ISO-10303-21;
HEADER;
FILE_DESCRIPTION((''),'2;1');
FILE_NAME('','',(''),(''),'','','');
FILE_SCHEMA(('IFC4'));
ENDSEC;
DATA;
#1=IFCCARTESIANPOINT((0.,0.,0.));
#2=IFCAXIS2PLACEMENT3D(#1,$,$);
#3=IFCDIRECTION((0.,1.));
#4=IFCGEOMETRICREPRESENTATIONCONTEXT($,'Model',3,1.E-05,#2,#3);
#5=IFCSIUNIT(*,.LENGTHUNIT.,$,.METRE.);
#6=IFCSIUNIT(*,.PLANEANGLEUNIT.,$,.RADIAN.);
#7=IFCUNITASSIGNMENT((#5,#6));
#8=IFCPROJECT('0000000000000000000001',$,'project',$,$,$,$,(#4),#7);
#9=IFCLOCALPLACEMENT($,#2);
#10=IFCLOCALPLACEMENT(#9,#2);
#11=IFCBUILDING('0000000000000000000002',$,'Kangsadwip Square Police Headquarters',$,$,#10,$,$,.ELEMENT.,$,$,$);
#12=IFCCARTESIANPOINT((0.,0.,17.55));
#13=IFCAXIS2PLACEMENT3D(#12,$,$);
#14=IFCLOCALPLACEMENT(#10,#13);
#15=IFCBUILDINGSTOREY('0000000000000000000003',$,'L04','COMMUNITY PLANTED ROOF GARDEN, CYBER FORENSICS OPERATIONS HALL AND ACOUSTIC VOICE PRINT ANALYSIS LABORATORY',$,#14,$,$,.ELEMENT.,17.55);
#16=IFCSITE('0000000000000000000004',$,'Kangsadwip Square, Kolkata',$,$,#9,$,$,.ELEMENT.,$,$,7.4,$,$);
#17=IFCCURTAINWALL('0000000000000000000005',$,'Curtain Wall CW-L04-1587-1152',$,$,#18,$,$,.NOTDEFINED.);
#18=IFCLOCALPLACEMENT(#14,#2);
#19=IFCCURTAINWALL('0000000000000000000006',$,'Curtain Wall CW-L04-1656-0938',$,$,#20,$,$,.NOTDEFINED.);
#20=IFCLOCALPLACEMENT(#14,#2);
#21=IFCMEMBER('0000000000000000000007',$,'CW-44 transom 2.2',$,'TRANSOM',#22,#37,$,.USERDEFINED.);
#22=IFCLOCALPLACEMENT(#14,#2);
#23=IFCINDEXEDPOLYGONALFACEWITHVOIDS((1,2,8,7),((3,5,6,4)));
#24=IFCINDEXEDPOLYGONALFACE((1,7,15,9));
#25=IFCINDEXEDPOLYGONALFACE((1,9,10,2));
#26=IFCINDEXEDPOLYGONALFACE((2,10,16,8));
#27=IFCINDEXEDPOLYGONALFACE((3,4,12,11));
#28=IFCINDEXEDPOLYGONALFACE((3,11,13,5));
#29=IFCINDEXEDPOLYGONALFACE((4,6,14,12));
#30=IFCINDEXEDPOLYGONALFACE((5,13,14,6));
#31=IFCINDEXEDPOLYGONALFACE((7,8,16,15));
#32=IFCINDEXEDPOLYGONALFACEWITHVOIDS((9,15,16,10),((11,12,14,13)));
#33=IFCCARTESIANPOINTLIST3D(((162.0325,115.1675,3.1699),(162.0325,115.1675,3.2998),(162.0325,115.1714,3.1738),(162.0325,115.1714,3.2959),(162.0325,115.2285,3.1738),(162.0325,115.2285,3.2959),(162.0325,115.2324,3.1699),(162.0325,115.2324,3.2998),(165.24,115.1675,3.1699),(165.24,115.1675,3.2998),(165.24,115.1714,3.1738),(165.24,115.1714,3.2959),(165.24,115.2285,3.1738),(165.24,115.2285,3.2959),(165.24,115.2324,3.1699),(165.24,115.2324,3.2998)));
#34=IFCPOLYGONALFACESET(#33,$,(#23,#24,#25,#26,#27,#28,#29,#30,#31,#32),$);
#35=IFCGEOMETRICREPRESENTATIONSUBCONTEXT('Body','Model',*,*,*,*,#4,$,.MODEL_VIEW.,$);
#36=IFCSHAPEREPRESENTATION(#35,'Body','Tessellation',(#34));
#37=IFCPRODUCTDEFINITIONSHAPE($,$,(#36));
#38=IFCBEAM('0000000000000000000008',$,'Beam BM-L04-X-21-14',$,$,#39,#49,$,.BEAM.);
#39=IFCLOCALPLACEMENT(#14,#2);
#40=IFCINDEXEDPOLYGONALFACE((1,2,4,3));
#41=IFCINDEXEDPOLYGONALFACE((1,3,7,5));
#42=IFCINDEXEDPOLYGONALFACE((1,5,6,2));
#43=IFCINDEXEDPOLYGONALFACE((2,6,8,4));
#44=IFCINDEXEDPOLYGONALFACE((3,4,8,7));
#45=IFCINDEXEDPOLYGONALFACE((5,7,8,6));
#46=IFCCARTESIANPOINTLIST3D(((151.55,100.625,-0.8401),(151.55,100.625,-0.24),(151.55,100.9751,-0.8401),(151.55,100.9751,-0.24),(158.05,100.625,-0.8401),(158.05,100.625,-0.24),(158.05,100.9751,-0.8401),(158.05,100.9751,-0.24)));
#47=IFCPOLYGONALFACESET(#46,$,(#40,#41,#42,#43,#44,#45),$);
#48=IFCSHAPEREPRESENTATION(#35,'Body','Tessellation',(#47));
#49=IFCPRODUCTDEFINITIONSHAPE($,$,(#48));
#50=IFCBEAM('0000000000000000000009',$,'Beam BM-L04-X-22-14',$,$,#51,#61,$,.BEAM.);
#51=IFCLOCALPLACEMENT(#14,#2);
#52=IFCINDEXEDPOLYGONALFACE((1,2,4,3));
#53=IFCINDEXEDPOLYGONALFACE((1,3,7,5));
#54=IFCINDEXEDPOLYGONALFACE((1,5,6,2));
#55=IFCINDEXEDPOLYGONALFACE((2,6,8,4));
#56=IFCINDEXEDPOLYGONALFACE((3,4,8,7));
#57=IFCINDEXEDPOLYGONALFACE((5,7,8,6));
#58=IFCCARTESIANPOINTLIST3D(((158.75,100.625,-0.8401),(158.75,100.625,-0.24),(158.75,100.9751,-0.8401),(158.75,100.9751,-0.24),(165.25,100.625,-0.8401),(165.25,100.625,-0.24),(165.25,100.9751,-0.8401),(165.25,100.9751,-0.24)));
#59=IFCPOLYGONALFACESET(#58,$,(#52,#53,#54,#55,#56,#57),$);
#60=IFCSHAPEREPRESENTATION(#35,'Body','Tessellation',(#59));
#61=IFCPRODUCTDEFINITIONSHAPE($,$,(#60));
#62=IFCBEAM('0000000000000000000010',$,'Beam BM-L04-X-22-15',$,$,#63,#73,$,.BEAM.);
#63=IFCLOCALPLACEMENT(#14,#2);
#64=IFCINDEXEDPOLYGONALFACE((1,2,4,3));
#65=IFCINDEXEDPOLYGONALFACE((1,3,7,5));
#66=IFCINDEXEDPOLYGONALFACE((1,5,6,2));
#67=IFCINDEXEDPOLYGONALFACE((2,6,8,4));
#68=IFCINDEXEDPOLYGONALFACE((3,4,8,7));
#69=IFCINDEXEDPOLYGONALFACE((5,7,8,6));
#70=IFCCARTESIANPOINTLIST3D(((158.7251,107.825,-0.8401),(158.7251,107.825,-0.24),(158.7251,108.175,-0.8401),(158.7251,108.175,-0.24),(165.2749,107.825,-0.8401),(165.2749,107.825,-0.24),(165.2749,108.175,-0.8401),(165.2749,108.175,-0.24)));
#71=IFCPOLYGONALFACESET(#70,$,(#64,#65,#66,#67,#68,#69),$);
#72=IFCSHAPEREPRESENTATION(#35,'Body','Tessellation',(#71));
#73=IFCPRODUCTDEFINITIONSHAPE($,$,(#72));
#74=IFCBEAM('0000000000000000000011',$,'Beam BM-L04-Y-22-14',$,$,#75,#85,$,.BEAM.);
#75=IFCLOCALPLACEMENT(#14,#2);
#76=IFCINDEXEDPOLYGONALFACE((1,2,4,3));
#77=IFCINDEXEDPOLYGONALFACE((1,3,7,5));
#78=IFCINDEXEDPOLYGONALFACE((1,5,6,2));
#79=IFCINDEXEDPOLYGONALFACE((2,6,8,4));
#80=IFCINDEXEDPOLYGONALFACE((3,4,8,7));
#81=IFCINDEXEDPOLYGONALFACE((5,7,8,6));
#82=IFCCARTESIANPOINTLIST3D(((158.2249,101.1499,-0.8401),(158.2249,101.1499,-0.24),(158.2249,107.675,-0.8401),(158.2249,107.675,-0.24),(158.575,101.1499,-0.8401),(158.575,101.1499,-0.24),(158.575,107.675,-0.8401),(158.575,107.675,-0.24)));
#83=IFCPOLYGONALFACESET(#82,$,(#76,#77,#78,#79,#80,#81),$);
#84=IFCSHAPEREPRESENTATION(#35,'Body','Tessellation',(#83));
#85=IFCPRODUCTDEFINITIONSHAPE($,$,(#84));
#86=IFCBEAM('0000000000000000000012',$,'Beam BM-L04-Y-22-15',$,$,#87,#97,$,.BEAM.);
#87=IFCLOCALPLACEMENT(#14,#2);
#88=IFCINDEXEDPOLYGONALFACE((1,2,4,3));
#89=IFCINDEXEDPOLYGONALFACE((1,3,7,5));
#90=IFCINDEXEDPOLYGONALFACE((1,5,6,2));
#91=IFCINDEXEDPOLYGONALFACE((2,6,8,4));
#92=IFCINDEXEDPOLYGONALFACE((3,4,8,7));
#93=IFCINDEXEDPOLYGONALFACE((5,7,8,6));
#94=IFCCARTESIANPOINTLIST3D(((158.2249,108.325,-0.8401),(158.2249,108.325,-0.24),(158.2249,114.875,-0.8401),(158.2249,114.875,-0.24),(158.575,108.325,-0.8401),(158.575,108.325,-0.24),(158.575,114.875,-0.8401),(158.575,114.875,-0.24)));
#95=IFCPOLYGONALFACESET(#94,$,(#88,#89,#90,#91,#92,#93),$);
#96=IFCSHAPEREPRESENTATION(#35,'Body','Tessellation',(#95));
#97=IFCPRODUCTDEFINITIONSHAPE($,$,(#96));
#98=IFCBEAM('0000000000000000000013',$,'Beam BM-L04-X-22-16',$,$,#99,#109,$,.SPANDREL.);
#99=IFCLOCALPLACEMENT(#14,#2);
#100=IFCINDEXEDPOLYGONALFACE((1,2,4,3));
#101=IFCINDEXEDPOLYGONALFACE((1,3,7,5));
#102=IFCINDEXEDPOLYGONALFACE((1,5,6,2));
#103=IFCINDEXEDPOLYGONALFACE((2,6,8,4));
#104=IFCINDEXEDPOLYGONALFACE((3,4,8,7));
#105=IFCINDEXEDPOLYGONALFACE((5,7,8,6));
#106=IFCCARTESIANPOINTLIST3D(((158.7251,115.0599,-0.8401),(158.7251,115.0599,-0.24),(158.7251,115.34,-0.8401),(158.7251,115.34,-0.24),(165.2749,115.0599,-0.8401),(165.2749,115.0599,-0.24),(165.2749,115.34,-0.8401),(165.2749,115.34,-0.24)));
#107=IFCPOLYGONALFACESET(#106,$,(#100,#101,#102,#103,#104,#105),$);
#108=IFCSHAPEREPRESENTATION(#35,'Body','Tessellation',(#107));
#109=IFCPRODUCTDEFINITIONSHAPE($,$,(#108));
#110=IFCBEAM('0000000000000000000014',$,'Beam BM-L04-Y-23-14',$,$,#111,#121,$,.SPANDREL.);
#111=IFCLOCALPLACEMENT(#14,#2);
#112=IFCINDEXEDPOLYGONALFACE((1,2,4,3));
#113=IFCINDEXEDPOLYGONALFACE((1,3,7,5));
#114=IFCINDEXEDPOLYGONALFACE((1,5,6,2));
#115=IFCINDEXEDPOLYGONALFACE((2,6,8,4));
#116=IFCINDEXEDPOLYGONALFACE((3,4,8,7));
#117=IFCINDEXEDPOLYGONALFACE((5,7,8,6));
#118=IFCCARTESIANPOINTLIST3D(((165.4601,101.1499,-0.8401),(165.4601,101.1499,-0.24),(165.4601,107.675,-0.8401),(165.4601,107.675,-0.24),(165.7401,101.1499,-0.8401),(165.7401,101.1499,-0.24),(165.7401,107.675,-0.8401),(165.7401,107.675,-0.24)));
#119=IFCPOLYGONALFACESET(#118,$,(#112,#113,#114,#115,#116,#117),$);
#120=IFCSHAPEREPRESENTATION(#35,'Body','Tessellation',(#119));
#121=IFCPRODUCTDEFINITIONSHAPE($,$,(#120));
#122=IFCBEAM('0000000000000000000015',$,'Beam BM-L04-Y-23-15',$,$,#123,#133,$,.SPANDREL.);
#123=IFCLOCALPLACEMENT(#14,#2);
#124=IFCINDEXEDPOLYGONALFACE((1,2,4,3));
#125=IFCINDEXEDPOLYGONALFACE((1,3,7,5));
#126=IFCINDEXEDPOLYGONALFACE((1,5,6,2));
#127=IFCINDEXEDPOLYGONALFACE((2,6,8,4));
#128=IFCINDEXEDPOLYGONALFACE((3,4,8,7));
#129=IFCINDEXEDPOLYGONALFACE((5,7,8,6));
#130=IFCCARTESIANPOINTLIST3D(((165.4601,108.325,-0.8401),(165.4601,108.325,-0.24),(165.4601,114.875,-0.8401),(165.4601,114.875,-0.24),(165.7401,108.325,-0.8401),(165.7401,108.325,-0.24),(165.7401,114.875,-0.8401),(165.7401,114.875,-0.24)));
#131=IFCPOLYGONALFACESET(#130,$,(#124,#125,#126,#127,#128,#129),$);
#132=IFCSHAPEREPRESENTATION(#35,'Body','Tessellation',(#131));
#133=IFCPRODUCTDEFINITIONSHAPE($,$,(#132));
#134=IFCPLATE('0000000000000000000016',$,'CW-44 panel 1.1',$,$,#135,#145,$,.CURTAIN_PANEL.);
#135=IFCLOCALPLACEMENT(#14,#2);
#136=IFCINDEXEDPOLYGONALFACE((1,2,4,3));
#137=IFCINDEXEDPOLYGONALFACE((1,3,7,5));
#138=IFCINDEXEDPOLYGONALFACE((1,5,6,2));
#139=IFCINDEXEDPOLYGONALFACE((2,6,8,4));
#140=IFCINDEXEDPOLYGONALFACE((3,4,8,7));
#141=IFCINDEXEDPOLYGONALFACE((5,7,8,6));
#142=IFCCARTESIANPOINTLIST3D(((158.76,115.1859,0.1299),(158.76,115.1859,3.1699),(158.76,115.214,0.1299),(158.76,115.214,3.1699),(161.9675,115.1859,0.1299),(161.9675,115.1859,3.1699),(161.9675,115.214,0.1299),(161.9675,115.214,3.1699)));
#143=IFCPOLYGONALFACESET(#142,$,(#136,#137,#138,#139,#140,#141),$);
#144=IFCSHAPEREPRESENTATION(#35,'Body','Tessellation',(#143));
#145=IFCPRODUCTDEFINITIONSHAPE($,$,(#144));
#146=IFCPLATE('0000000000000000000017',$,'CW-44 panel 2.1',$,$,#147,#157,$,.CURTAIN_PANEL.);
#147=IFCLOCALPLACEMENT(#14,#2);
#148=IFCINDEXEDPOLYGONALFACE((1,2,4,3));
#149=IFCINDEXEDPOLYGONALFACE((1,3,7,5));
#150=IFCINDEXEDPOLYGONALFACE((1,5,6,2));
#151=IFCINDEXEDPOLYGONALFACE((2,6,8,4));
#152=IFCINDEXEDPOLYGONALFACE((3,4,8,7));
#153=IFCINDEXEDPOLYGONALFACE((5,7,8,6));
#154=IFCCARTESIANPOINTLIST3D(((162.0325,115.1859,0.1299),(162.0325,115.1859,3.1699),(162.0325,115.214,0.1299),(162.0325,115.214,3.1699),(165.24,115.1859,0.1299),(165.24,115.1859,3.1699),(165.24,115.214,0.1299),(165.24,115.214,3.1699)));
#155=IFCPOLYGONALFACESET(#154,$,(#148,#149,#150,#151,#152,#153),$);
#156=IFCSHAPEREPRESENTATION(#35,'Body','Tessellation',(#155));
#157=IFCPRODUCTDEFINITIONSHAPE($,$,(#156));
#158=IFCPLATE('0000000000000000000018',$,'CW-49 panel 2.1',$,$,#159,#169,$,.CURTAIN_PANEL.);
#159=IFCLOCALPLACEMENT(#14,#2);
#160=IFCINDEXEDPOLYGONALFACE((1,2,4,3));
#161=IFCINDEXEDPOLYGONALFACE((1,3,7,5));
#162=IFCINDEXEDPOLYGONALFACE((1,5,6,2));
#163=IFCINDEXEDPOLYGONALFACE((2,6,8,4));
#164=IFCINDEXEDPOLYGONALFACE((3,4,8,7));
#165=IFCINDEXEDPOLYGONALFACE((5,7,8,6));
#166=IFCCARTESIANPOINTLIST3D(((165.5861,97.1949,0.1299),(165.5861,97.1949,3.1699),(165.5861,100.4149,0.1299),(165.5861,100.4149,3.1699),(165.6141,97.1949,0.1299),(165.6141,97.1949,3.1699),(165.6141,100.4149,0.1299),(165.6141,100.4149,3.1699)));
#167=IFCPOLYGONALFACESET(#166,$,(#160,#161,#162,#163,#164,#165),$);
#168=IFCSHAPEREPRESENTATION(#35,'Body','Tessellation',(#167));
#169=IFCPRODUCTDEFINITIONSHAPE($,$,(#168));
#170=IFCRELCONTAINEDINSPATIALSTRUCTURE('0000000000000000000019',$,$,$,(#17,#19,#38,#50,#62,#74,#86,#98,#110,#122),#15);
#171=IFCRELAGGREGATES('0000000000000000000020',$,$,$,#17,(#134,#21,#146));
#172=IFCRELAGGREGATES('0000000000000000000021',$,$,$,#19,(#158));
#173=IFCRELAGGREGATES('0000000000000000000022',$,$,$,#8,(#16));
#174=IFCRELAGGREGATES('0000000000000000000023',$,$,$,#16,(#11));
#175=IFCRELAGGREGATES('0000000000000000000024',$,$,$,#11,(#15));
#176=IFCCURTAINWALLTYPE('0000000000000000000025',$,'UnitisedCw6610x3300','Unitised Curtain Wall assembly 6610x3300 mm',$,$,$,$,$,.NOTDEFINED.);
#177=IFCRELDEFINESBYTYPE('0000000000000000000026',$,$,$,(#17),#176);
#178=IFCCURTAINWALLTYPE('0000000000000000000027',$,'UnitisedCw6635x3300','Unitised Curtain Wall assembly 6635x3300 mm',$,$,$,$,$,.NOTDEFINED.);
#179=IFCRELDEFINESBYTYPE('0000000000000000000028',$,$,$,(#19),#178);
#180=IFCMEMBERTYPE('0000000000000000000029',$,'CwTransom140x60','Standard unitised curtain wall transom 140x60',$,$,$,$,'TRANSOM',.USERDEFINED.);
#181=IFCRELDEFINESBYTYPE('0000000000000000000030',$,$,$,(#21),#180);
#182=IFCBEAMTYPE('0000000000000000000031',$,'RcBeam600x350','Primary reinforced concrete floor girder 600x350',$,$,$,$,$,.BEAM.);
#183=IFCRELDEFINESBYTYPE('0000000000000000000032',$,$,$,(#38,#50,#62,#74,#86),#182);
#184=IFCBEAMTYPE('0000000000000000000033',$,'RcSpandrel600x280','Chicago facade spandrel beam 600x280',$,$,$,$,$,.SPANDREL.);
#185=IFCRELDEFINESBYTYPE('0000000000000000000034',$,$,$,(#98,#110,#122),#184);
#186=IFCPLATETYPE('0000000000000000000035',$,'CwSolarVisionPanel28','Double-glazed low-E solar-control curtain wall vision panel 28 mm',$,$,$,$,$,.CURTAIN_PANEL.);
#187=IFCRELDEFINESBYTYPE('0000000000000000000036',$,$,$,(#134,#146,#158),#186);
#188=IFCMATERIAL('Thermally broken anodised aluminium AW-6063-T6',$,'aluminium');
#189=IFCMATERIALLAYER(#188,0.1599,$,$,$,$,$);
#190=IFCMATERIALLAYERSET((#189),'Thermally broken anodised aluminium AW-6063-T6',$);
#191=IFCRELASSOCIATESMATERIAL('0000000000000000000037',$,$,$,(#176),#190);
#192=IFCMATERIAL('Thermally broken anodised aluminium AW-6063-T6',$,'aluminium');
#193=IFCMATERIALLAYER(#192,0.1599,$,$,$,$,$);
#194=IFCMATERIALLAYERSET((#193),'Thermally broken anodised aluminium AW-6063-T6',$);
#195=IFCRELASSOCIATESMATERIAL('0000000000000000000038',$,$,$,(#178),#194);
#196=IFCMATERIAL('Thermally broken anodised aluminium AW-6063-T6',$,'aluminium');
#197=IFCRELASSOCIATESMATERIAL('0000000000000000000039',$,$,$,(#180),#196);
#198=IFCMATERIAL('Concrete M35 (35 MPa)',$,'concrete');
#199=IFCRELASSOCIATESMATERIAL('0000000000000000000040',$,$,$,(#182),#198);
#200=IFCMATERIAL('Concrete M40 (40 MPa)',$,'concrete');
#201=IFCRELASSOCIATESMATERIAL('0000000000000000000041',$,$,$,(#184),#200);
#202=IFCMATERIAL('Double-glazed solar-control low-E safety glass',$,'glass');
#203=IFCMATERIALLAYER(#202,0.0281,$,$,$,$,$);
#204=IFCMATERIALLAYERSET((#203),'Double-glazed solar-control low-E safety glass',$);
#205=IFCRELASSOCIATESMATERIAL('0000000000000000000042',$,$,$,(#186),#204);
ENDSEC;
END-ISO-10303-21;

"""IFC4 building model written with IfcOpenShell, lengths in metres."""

from ifc_helpers import new_model, si_unit, direction, frame, origin, origin_2d, place, context, subcontext, project, spatial, rectangle, hollow_rectangle, extrude, material, layer, layer_set, material_profile, profile_set, type_object, element, aggregate, save


model = new_model("IFC4")

# Units and contexts
model_context = context("Model", 3, precision=1e-05, world=origin(), true_north=direction((0.0, 1.0)))
body_context = subcontext(model_context, "Body", "Model", "MODEL_VIEW")
ifc_project = project(units=[si_unit("LENGTHUNIT", "METRE"), si_unit("PLANEANGLEUNIT", "RADIAN")], contexts=[model_context])

# Site, building, storey
site_placement = place(None, origin())
site = spatial("IfcSite", under=ifc_project, at=site_placement, Name="Kangsadwip Square, Kolkata", CompositionType="ELEMENT", RefElevation=7.4)
building_placement = place(site_placement, origin())
building = spatial("IfcBuilding", under=site, at=building_placement, Name="Kangsadwip Square Police Headquarters", CompositionType="ELEMENT")
storey_placement = place(building_placement, frame((0.0, 0.0, 17.55)))
storey = spatial("IfcBuildingStorey", under=building, at=storey_placement, Name="L04", Description="COMMUNITY PLANTED ROOF GARDEN, CYBER FORENSICS OPERATIONS HALL AND ACOUSTIC VOICE PRINT ANALYSIS LABORATORY", CompositionType="ELEMENT", Elevation=17.55)

# Curtain wall
ifc_material_1 = material(Name="Thermally broken anodised aluminium AW-6063-T6", Category="aluminium")
ifc_layer_1 = layer(ifc_material_1, 0.1599)
ifc_layer_set_1 = layer_set([ifc_layer_1], Name="Thermally broken anodised aluminium AW-6063-T6")
curtain_wall_type_1 = type_object("IfcCurtainWallType", Name="UnitisedCw6610x3300", Description="Unitised Curtain Wall assembly 6610x3300 mm", PredefinedType="NOTDEFINED", material=ifc_layer_set_1)
curtain_wall_1_placement = place(storey_placement, origin())
curtain_wall_1 = element("IfcCurtainWall", 1, at=curtain_wall_1_placement, inside=storey, type_object=curtain_wall_type_1, Name="Curtain Wall CW-L04-1587-1152", PredefinedType="NOTDEFINED")

# Curtain wall
ifc_material_2 = material(Name="Thermally broken anodised aluminium AW-6063-T6", Category="aluminium")
ifc_layer_2 = layer(ifc_material_2, 0.1599)
ifc_layer_set_2 = layer_set([ifc_layer_2], Name="Thermally broken anodised aluminium AW-6063-T6")
curtain_wall_type_2 = type_object("IfcCurtainWallType", Name="UnitisedCw6635x3300", Description="Unitised Curtain Wall assembly 6635x3300 mm", PredefinedType="NOTDEFINED", material=ifc_layer_set_2)
curtain_wall_2_placement = place(storey_placement, origin())
curtain_wall_2 = element("IfcCurtainWall", 2, at=curtain_wall_2_placement, inside=storey, type_object=curtain_wall_type_2, Name="Curtain Wall CW-L04-1656-0938", PredefinedType="NOTDEFINED")

# Member
ifc_material_3 = material(Name="Thermally broken anodised aluminium AW-6063-T6", Category="aluminium")
ifc_material_profile_1 = material_profile(ifc_material_3, hollow_rectangle(XDim=0.0649, YDim=0.1299, WallThickness=0.0039, at=origin_2d()), Name="CWT 130X65X4")
ifc_profile_set_1 = profile_set([ifc_material_profile_1], Name="Thermally broken anodised aluminium AW-6063-T6")
member_type_1 = type_object("IfcMemberType", Name="CwTransom140x60", Description="Standard unitised curtain wall transom 140x60", ElementType="TRANSOM", PredefinedType="USERDEFINED", material=ifc_profile_set_1)
member_1_placement = place(storey_placement, frame((162.0325, 115.2, 3.2349), z_axis=(1.0, 0.0, 0.0), x_axis=(0.0, 1.0, 0.0)))
member_1 = element("IfcMember", 3, at=member_1_placement, type_object=member_type_1, Name="CW-44 transom 2.2", ObjectType="TRANSOM", PredefinedType="USERDEFINED", context=body_context, shape_type="SweptSolid", body=[
    extrude(hollow_rectangle(XDim=0.0649, YDim=0.1299, WallThickness=0.0039, at=origin_2d()), origin(), (0.0, 0.0, 1.0), 3.2075),
])

# Beams
ifc_material_4 = material(Name="Concrete M35 (35 MPa)", Category="concrete")
ifc_material_profile_2 = material_profile(ifc_material_4, rectangle(XDim=0.3501, YDim=0.6001, at=origin_2d()), Name="RC BM 600X350")
ifc_profile_set_2 = profile_set([ifc_material_profile_2], Name="Concrete M35 (35 MPa)")
beam_type_1 = type_object("IfcBeamType", Name="RcBeam600x350", Description="Primary reinforced concrete floor girder 600x350", PredefinedType="BEAM", material=ifc_profile_set_2)
for number, where, z_axis, x_axis, name in (
    (4, (151.55, 100.8, -0.54), (1.0, 0.0, 0.0), (0.0, 1.0, 0.0), "Beam BM-L04-X-21-14"),
    (5, (158.75, 100.8, -0.54), (1.0, 0.0, 0.0), (0.0, 1.0, 0.0), "Beam BM-L04-X-22-14"),
):
    element("IfcBeam", number, at=place(storey_placement, frame(where, z_axis=z_axis, x_axis=x_axis)), inside=storey, type_object=beam_type_1, Name=name, PredefinedType="BEAM", context=body_context, shape_type="SweptSolid", body=[
        extrude(rectangle(XDim=0.3501, YDim=0.6001, at=origin_2d()), origin(), (0.0, 0.0, 1.0), 6.5),
    ])
beam_1_placement = place(storey_placement, frame((158.7251, 108.0, -0.54), z_axis=(1.0, 0.0, 0.0), x_axis=(0.0, 1.0, 0.0)))
element("IfcBeam", 6, at=beam_1_placement, inside=storey, type_object=beam_type_1, Name="Beam BM-L04-X-22-15", PredefinedType="BEAM", context=body_context, shape_type="SweptSolid", body=[
    extrude(rectangle(XDim=0.3501, YDim=0.6001, at=origin_2d()), origin(), (0.0, 0.0, 1.0), 6.5498),
])
beam_2_placement = place(storey_placement, frame((158.3999, 101.1499, -0.54), z_axis=(0.0, 1.0, 0.0), x_axis=(-1.0, 0.0, 0.0)))
element("IfcBeam", 7, at=beam_2_placement, inside=storey, type_object=beam_type_1, Name="Beam BM-L04-Y-22-14", PredefinedType="BEAM", context=body_context, shape_type="SweptSolid", body=[
    extrude(rectangle(XDim=0.3501, YDim=0.6001, at=origin_2d()), origin(), (0.0, 0.0, 1.0), 6.5251),
])
beam_3_placement = place(storey_placement, frame((158.3999, 108.325, -0.54), z_axis=(0.0, 1.0, 0.0), x_axis=(-1.0, 0.0, 0.0)))
element("IfcBeam", 8, at=beam_3_placement, inside=storey, type_object=beam_type_1, Name="Beam BM-L04-Y-22-15", PredefinedType="BEAM", context=body_context, shape_type="SweptSolid", body=[
    extrude(rectangle(XDim=0.3501, YDim=0.6001, at=origin_2d()), origin(), (0.0, 0.0, 1.0), 6.55),
])
ifc_material_5 = material(Name="Concrete M40 (40 MPa)", Category="concrete")
ifc_material_profile_3 = material_profile(ifc_material_5, rectangle(XDim=0.28, YDim=0.6001, at=origin_2d()), Name="RC SPN 600X280")
ifc_profile_set_3 = profile_set([ifc_material_profile_3], Name="Concrete M40 (40 MPa)")
beam_type_2 = type_object("IfcBeamType", Name="RcSpandrel600x280", Description="Chicago facade spandrel beam 600x280", PredefinedType="SPANDREL", material=ifc_profile_set_3)
beam_4_placement = place(storey_placement, frame((158.7251, 115.2, -0.54), z_axis=(1.0, 0.0, 0.0), x_axis=(0.0, 1.0, 0.0)))
element("IfcBeam", 9, at=beam_4_placement, inside=storey, type_object=beam_type_2, Name="Beam BM-L04-X-22-16", PredefinedType="SPANDREL", context=body_context, shape_type="SweptSolid", body=[
    extrude(rectangle(XDim=0.28, YDim=0.6001, at=origin_2d()), origin(), (0.0, 0.0, 1.0), 6.5498),
])
beam_5_placement = place(storey_placement, frame((165.6001, 101.1499, -0.54), z_axis=(0.0, 1.0, 0.0), x_axis=(-1.0, 0.0, 0.0)))
element("IfcBeam", 10, at=beam_5_placement, inside=storey, type_object=beam_type_2, Name="Beam BM-L04-Y-23-14", PredefinedType="SPANDREL", context=body_context, shape_type="SweptSolid", body=[
    extrude(rectangle(XDim=0.28, YDim=0.6001, at=origin_2d()), origin(), (0.0, 0.0, 1.0), 6.5251),
])
beam_6_placement = place(storey_placement, frame((165.6001, 108.325, -0.54), z_axis=(0.0, 1.0, 0.0), x_axis=(-1.0, 0.0, 0.0)))
element("IfcBeam", 11, at=beam_6_placement, inside=storey, type_object=beam_type_2, Name="Beam BM-L04-Y-23-15", PredefinedType="SPANDREL", context=body_context, shape_type="SweptSolid", body=[
    extrude(rectangle(XDim=0.28, YDim=0.6001, at=origin_2d()), origin(), (0.0, 0.0, 1.0), 6.55),
])

# Plates
ifc_material_6 = material(Name="Double-glazed solar-control low-E safety glass", Category="glass")
ifc_layer_3 = layer(ifc_material_6, 0.0281)
ifc_layer_set_3 = layer_set([ifc_layer_3], Name="Double-glazed solar-control low-E safety glass")
plate_type = type_object("IfcPlateType", Name="CwSolarVisionPanel28", Description="Double-glazed low-E solar-control curtain wall vision panel 28 mm", PredefinedType="CURTAIN_PANEL", material=ifc_layer_set_3)
plate_1_placement = place(storey_placement, frame((160.3638, 115.2, 0.1299), z_axis=(0.0, 0.0, 1.0), x_axis=(1.0, 0.0, 0.0)))
plate_1 = element("IfcPlate", 12, at=plate_1_placement, type_object=plate_type, Name="CW-44 panel 1.1", PredefinedType="CURTAIN_PANEL", context=body_context, shape_type="SweptSolid", body=[
    extrude(rectangle(XDim=3.2075, YDim=0.0281, at=origin_2d()), origin(), (0.0, 0.0, 1.0), 3.04),
])
plate_2_placement = place(storey_placement, frame((163.6362, 115.2, 0.1299), z_axis=(0.0, 0.0, 1.0), x_axis=(1.0, 0.0, 0.0)))
plate_2 = element("IfcPlate", 13, at=plate_2_placement, type_object=plate_type, Name="CW-44 panel 2.1", PredefinedType="CURTAIN_PANEL", context=body_context, shape_type="SweptSolid", body=[
    extrude(rectangle(XDim=3.2075, YDim=0.0281, at=origin_2d()), origin(), (0.0, 0.0, 1.0), 3.04),
])
aggregate(curtain_wall_1, [plate_1, member_1, plate_2])
plate_3_placement = place(storey_placement, frame((165.6001, 98.8049, 0.1299), z_axis=(0.0, 0.0, 1.0), x_axis=(0.0, 1.0, 0.0)))
plate_3 = element("IfcPlate", 14, at=plate_3_placement, type_object=plate_type, Name="CW-49 panel 2.1", PredefinedType="CURTAIN_PANEL", context=body_context, shape_type="SweptSolid", body=[
    extrude(rectangle(XDim=3.22, YDim=0.0281, at=origin_2d()), origin(), (0.0, 0.0, 1.0), 3.04),
])
aggregate(curtain_wall_2, [plate_3])

save(model, "model.ifc")
